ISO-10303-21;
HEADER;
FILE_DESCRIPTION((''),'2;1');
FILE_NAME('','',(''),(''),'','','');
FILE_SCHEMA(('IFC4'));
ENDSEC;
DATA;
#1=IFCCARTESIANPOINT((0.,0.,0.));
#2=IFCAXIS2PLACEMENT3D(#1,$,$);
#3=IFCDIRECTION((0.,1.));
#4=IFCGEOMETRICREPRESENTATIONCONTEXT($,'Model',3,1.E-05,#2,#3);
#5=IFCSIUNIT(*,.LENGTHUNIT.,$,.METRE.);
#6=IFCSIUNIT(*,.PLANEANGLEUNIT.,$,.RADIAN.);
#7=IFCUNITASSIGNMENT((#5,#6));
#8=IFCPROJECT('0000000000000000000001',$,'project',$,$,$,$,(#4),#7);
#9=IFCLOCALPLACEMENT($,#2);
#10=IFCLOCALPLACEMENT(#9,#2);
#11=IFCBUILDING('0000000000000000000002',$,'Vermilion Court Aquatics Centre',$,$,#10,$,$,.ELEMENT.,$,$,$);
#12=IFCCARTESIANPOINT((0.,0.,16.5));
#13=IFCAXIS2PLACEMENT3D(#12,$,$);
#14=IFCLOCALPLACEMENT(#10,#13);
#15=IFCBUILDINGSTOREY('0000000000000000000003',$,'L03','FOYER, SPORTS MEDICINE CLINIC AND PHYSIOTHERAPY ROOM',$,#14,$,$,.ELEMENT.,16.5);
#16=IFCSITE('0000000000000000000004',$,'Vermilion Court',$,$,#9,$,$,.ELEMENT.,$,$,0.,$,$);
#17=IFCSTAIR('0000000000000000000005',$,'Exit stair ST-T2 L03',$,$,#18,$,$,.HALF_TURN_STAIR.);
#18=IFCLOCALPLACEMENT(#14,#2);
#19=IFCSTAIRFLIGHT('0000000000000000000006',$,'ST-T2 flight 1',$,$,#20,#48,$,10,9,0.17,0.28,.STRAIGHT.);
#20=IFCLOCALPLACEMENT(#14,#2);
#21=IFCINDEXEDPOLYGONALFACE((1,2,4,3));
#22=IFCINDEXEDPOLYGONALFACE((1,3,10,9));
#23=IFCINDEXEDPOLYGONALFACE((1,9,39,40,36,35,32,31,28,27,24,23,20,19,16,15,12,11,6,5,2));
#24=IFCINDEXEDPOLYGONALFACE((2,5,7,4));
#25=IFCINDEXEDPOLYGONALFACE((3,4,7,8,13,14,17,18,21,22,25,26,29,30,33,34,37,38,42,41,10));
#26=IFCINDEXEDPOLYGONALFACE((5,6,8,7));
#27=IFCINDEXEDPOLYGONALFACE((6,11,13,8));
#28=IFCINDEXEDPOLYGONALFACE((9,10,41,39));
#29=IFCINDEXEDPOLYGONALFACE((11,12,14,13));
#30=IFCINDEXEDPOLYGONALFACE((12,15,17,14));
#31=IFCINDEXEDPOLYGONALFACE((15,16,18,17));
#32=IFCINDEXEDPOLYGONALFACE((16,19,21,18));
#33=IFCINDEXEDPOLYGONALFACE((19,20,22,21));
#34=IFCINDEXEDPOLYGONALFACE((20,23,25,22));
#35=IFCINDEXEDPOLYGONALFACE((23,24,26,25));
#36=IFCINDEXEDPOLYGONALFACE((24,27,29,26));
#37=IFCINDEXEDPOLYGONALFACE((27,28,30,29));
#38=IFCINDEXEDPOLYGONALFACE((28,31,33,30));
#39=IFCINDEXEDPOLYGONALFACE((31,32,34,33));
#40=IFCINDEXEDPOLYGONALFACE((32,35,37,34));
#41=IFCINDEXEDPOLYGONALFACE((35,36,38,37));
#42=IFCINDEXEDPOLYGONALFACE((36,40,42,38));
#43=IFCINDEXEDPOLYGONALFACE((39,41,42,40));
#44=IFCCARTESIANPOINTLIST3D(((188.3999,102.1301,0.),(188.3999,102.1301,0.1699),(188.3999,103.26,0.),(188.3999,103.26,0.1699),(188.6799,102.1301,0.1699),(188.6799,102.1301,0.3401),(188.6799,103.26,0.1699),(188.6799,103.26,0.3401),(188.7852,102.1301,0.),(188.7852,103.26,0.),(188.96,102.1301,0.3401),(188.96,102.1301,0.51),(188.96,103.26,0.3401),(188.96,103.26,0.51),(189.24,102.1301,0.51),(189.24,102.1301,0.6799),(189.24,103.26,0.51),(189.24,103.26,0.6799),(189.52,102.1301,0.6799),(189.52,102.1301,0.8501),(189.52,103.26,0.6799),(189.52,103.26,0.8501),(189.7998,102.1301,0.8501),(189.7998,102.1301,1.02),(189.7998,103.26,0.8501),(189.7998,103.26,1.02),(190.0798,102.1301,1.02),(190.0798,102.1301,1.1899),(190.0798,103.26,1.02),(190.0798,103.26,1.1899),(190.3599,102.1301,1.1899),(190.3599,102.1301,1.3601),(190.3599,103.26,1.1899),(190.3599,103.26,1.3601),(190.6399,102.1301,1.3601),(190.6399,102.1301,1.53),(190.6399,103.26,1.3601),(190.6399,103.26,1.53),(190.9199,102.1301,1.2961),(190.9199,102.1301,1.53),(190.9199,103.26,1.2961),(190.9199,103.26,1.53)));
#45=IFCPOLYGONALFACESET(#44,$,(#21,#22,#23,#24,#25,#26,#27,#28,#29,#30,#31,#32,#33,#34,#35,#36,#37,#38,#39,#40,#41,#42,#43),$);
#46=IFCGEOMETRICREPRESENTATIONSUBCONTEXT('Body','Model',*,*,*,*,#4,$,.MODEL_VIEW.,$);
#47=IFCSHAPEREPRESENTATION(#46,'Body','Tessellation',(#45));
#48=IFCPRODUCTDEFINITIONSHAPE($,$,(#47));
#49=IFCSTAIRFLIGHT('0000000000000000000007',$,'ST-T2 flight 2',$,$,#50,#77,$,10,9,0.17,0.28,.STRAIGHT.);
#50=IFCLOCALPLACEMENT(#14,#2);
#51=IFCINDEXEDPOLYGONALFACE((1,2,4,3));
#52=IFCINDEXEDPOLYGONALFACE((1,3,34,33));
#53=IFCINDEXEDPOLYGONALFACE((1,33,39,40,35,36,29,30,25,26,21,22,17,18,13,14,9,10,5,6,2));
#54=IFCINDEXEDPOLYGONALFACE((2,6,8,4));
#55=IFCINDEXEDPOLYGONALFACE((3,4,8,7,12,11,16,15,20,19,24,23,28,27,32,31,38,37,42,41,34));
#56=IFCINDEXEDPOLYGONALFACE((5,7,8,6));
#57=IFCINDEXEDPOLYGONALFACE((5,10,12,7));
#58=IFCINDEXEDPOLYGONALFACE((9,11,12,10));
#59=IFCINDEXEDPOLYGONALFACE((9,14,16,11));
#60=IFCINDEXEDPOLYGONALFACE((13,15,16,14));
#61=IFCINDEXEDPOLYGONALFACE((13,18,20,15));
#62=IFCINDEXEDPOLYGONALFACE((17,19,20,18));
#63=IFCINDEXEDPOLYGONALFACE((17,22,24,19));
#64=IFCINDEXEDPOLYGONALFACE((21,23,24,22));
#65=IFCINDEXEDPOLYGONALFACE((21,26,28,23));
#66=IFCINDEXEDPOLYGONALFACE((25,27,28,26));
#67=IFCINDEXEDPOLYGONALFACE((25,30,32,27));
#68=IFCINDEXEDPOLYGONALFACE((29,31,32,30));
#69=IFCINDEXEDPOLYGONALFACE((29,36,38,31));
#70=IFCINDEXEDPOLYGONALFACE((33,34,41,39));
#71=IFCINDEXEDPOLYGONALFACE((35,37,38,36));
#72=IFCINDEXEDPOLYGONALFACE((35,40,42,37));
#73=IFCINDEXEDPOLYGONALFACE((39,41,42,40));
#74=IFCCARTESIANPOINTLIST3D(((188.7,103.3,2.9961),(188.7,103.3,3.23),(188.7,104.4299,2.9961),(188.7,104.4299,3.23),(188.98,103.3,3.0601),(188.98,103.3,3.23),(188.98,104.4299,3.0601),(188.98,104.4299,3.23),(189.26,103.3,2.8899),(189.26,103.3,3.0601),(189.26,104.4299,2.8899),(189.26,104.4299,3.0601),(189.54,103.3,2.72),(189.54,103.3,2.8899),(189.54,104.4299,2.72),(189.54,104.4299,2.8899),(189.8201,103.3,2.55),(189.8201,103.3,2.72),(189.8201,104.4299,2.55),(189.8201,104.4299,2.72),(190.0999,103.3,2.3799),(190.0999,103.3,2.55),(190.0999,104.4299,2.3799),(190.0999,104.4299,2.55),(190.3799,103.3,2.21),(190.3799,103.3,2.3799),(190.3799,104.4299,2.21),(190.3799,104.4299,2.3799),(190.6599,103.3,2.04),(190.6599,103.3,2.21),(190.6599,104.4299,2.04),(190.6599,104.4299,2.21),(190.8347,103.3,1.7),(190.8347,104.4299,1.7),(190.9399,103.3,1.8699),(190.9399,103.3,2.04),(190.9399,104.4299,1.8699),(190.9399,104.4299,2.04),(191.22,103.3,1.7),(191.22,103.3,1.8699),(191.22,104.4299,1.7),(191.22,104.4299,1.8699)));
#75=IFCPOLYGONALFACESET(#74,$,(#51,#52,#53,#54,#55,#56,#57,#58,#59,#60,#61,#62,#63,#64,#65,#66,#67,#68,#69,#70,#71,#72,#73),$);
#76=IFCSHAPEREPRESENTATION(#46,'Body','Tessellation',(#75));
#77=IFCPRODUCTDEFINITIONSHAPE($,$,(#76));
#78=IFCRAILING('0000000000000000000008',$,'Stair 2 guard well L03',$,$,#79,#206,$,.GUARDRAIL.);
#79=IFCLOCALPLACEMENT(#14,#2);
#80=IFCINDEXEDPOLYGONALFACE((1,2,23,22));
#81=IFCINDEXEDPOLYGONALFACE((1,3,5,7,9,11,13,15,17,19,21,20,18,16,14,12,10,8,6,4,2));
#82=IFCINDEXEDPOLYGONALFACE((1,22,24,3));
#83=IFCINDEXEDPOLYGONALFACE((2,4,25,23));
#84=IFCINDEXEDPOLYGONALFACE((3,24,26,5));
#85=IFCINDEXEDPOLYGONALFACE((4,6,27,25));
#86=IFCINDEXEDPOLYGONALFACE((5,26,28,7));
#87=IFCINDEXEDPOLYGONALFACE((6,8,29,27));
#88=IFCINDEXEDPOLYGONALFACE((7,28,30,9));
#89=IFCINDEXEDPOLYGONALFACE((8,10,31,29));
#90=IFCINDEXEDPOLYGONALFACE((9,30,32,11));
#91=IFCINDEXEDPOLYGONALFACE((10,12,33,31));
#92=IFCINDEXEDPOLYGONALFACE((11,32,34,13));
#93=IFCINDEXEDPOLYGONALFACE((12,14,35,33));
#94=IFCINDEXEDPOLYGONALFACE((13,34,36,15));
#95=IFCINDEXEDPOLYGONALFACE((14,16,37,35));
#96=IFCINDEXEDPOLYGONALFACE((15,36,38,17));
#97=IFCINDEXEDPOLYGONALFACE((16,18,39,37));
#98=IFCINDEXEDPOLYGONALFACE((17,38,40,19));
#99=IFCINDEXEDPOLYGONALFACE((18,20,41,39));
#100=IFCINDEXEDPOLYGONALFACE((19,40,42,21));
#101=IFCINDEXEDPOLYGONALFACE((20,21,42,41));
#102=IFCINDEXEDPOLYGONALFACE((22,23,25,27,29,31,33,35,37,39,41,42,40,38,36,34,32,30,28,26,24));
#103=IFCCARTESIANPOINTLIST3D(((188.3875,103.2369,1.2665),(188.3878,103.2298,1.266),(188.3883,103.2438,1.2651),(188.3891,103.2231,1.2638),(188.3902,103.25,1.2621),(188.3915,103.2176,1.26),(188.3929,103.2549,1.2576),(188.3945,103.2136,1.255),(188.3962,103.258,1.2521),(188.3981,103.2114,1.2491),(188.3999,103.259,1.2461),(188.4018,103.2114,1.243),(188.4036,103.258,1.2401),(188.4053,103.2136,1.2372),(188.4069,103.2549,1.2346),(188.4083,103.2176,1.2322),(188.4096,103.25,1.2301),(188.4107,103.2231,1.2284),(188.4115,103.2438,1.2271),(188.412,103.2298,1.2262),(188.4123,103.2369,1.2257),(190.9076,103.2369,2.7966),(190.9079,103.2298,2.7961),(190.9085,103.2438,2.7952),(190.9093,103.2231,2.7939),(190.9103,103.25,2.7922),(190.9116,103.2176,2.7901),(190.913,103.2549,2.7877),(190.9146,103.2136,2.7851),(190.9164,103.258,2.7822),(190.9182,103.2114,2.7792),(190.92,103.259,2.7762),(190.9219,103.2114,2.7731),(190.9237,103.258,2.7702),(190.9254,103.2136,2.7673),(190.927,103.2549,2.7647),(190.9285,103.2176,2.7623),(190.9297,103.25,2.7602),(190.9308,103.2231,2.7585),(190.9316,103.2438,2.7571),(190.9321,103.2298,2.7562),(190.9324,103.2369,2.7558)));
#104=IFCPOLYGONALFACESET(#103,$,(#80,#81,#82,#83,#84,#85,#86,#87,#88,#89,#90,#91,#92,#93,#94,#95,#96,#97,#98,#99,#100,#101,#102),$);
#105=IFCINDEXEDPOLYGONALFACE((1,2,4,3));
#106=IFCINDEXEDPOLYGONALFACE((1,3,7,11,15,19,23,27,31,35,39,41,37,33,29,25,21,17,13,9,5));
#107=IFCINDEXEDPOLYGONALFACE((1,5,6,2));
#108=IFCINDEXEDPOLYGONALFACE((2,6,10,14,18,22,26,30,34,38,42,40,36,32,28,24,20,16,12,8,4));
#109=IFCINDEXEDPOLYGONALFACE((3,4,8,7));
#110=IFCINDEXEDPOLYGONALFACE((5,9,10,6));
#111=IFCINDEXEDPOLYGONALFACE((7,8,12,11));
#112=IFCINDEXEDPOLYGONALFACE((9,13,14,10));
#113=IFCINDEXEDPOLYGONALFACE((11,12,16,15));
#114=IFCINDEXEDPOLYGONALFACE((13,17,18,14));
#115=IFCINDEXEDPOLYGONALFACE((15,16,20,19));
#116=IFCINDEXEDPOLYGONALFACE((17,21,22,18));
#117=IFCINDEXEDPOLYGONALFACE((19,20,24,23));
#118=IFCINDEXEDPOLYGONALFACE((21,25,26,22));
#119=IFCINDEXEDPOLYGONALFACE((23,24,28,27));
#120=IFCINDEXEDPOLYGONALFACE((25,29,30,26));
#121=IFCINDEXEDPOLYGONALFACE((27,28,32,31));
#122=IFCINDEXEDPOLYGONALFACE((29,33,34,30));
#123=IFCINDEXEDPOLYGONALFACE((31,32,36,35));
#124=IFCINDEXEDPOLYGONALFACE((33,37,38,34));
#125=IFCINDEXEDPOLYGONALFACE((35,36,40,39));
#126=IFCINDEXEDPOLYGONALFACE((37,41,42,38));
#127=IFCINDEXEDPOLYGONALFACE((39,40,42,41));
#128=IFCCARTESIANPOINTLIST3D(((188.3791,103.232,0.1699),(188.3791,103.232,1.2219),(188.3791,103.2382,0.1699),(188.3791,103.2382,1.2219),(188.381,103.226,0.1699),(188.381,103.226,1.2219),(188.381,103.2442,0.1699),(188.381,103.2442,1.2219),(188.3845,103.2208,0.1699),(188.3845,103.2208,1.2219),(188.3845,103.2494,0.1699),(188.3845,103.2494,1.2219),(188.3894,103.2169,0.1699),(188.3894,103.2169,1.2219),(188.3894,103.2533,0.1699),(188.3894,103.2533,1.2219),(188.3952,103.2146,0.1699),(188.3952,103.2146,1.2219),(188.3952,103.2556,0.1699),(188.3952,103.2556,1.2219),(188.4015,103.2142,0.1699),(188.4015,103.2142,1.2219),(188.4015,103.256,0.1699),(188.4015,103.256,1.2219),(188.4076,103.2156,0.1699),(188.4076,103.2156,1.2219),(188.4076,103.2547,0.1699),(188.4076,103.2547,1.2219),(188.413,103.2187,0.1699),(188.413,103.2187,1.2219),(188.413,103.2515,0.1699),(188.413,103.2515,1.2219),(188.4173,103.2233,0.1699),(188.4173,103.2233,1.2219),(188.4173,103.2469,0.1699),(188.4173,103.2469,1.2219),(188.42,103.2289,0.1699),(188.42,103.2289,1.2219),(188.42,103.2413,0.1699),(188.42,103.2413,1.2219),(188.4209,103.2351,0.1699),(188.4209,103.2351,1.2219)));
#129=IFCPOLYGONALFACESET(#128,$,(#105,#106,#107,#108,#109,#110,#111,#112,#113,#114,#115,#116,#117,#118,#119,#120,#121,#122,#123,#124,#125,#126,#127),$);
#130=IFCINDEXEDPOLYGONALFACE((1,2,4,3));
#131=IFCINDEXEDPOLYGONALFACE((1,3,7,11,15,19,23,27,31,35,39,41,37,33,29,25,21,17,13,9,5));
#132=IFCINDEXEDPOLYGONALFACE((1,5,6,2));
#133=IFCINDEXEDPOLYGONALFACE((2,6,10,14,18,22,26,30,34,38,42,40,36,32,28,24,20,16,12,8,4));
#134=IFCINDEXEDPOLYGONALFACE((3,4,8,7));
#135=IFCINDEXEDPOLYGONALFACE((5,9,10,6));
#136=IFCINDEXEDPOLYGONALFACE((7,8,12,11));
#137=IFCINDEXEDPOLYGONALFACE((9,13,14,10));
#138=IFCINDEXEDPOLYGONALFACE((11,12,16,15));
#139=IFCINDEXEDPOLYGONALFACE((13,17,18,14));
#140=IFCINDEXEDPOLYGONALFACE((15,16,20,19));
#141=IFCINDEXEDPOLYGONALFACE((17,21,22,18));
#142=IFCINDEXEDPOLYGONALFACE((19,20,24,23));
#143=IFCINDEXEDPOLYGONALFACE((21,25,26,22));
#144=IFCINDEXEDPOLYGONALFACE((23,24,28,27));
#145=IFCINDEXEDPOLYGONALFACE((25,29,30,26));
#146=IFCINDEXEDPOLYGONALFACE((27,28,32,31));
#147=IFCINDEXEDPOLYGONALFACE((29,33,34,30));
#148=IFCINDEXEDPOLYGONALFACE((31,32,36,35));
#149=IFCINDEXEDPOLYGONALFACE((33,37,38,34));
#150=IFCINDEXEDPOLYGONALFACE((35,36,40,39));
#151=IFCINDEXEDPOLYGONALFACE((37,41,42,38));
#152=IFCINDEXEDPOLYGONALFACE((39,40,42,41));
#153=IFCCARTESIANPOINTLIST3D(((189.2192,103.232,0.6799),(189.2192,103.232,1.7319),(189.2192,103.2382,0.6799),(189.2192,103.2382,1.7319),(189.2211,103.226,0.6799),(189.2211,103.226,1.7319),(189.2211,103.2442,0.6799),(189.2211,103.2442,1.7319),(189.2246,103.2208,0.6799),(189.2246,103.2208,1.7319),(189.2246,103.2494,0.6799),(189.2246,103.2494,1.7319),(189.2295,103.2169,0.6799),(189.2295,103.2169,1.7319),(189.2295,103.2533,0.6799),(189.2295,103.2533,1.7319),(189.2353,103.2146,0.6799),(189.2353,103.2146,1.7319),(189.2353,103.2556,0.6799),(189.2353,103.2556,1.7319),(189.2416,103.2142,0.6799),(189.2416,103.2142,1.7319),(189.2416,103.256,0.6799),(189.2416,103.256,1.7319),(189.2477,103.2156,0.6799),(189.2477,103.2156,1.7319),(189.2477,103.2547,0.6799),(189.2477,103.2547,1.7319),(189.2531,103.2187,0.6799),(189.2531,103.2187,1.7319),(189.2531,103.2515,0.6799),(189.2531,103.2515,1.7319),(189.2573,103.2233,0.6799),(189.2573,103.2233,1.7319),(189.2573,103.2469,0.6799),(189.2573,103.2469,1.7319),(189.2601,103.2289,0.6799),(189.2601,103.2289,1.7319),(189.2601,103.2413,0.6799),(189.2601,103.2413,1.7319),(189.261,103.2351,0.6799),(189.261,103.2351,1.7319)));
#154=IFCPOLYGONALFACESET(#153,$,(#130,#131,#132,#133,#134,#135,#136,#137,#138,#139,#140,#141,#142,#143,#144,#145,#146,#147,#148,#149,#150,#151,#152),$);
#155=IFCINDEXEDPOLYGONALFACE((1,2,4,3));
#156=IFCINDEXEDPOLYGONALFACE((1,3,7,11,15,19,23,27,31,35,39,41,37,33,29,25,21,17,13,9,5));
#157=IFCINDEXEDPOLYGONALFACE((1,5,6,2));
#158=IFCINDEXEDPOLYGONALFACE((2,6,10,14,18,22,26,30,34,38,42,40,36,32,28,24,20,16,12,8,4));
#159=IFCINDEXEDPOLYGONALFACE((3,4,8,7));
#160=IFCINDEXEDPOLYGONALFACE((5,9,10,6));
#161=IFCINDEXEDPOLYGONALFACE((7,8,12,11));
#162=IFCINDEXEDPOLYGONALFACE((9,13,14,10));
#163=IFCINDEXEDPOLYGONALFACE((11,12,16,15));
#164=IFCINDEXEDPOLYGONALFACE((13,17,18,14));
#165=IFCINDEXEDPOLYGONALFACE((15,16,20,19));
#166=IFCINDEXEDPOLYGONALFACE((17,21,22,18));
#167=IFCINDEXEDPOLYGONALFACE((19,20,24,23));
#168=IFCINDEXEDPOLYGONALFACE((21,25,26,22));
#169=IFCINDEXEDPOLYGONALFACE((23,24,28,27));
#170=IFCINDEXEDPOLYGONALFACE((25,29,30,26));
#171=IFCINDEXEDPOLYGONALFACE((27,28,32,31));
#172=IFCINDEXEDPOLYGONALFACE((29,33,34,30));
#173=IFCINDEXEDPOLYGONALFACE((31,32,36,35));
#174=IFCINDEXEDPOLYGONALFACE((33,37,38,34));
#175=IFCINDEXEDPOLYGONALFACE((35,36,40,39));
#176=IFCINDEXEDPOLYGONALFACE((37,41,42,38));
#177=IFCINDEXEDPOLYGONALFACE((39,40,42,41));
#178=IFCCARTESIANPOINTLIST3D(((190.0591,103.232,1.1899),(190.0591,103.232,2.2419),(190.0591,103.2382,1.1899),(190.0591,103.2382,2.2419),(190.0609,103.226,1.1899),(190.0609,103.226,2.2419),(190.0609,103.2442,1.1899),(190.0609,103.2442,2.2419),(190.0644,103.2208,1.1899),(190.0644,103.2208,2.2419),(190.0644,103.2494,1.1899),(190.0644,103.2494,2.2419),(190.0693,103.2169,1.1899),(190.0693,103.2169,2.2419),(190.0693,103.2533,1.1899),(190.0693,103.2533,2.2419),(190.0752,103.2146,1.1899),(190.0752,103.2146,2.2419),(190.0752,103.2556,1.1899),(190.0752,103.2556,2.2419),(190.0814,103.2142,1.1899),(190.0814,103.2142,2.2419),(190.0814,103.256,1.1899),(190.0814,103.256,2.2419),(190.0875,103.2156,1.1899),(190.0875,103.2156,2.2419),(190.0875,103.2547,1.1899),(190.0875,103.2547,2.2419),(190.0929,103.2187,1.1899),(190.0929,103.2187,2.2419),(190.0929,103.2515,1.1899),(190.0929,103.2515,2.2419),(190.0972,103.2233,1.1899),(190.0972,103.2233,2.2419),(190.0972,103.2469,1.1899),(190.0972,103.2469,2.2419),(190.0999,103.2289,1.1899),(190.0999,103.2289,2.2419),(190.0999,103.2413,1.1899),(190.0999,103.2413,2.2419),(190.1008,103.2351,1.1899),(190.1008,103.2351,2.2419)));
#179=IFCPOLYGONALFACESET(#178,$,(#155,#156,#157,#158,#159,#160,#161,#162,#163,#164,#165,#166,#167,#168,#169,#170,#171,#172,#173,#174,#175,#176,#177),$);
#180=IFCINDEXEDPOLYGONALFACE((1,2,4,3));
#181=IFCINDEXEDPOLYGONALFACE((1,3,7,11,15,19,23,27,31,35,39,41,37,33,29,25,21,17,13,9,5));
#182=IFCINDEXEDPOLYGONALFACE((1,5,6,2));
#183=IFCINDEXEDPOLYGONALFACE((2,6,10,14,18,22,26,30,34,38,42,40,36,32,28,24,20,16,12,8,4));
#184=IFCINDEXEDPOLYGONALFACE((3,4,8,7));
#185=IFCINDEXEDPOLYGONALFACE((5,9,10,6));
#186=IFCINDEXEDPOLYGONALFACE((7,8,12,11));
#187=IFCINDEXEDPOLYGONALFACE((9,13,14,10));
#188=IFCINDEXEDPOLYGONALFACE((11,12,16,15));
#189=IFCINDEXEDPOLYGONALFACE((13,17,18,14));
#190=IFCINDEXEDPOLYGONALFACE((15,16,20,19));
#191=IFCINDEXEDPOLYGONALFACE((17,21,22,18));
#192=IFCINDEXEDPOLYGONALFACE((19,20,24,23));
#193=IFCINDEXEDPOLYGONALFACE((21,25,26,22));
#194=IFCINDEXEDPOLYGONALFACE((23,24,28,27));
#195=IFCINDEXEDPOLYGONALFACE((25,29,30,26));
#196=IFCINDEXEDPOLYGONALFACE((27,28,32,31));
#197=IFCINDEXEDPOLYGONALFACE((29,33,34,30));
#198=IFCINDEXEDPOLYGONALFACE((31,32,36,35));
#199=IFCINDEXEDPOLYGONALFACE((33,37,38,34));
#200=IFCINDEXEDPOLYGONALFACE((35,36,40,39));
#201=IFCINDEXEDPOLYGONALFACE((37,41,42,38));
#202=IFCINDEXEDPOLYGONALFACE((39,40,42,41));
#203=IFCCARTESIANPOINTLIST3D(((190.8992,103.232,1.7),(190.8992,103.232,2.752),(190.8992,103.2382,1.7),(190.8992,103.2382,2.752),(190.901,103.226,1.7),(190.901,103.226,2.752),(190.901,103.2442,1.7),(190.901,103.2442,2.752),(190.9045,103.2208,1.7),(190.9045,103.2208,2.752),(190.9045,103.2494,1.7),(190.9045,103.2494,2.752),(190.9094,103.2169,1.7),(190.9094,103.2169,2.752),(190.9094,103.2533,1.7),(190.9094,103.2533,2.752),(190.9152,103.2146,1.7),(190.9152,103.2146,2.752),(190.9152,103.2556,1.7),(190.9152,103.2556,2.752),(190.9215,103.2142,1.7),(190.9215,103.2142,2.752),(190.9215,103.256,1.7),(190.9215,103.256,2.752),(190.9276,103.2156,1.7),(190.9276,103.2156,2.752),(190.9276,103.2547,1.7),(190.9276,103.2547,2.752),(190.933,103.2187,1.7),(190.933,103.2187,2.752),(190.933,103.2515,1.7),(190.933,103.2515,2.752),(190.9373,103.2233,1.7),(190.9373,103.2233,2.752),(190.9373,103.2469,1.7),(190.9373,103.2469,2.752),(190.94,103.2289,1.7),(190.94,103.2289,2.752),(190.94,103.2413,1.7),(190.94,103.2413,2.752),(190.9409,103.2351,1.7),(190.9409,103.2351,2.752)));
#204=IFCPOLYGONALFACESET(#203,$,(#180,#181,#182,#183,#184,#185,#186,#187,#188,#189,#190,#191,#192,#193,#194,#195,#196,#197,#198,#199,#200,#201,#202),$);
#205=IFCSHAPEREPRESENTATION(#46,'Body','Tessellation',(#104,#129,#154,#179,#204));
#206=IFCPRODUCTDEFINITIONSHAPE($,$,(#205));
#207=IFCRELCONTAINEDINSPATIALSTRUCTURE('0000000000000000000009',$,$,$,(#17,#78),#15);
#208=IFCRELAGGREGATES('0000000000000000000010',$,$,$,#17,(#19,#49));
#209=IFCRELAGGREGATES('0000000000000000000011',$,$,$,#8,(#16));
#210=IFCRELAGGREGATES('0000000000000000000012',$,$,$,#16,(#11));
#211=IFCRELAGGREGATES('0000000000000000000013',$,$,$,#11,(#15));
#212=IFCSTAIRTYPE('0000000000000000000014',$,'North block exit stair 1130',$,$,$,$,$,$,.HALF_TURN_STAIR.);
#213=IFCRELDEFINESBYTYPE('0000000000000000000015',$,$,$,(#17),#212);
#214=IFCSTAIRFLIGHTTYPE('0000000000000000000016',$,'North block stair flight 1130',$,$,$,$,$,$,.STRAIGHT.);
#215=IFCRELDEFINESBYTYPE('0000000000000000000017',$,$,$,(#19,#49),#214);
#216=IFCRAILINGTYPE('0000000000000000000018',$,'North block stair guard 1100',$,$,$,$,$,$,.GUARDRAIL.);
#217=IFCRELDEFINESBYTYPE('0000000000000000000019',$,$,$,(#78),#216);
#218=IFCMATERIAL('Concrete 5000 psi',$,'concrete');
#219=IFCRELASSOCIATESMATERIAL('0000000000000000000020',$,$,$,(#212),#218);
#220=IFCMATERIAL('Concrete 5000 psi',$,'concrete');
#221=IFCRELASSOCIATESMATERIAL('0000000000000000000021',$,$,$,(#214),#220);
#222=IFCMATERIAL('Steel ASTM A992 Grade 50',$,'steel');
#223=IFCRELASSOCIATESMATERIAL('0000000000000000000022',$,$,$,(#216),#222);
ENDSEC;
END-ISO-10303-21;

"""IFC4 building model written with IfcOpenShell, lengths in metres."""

from ifc_helpers import new_model, si_unit, direction, frame, origin, origin_2d, place, context, subcontext, project, spatial, polyline, circle, outline, extrude, material, type_object, element, aggregate, save


model = new_model("IFC4")

# Units and contexts
model_context = context("Model", 3, precision=1e-05, world=origin(), true_north=direction((0.0, 1.0)))
body_context = subcontext(model_context, "Body", "Model", "MODEL_VIEW")
ifc_project = project(units=[si_unit("LENGTHUNIT", "METRE"), si_unit("PLANEANGLEUNIT", "RADIAN")], contexts=[model_context])

# Site, building, storey
site_placement = place(None, origin())
site = spatial("IfcSite", under=ifc_project, at=site_placement, Name="Vermilion Court", CompositionType="ELEMENT", RefElevation=0.0)
building_placement = place(site_placement, origin())
building = spatial("IfcBuilding", under=site, at=building_placement, Name="Vermilion Court Aquatics Centre", CompositionType="ELEMENT")
storey_placement = place(building_placement, frame((0.0, 0.0, 16.5)))
storey = spatial("IfcBuildingStorey", under=building, at=storey_placement, Name="L03", Description="FOYER, SPORTS MEDICINE CLINIC AND PHYSIOTHERAPY ROOM", CompositionType="ELEMENT", Elevation=16.5)

# Stair, stair flights
ifc_material_1 = material(Name="Concrete 5000 psi", Category="concrete")
stair_type = type_object("IfcStairType", Name="North block exit stair 1130", PredefinedType="HALF_TURN_STAIR", material=ifc_material_1)
stair_placement = place(storey_placement, origin())
stair = element("IfcStair", 1, at=stair_placement, inside=storey, type_object=stair_type, Name="Exit stair ST-T2 L03", PredefinedType="HALF_TURN_STAIR")
ifc_material_2 = material(Name="Concrete 5000 psi", Category="concrete")
stair_flight_type = type_object("IfcStairFlightType", Name="North block stair flight 1130", PredefinedType="STRAIGHT", material=ifc_material_2)
stair_flight_1_placement = place(storey_placement, frame((188.3999, 102.6951, 0.0), z_axis=(0.0, 0.0, 1.0), x_axis=(1.0, 0.0, 0.0)))
stair_flight_1 = element("IfcStairFlight", 2, at=stair_flight_1_placement, type_object=stair_flight_type, Name="ST-T2 flight 1", NumberOfRisers=10, NumberOfTreads=9, PredefinedType="STRAIGHT", RiserHeight=0.17, TreadLength=0.28, context=body_context, shape_type="SweptSolid", body=[
    extrude(outline(polyline([(0.0, 0.0), (0.0, 0.1699), (0.28, 0.1699), (0.28, 0.3401), (0.5601, 0.3401), (0.5601, 0.51), (0.8401, 0.51), (0.8401, 0.6799), (1.1201, 0.6799), (1.1201, 0.8501), (1.3999, 0.8501), (1.3999, 1.02), (1.6799, 1.02), (1.6799, 1.1899), (1.96, 1.1899), (1.96, 1.3601), (2.24, 1.3601), (2.24, 1.53), (2.52, 1.53), (2.52, 1.7), (2.52, 1.2961), (0.3853, 0.0), (0.0, 0.0)])), frame((0.0, 0.5649, 0.0), z_axis=(0.0, -1.0, 0.0), x_axis=(1.0, 0.0, 0.0)), (0.0, 0.0, 1.0), 1.1299),
])
stair_flight_2_placement = place(storey_placement, frame((191.22, 103.865, 1.7), z_axis=(0.0, 0.0, 1.0), x_axis=(-1.0, 0.0, 0.0)))
stair_flight_2 = element("IfcStairFlight", 3, at=stair_flight_2_placement, type_object=stair_flight_type, Name="ST-T2 flight 2", NumberOfRisers=10, NumberOfTreads=9, PredefinedType="STRAIGHT", RiserHeight=0.17, TreadLength=0.28, context=body_context, shape_type="SweptSolid", body=[
    extrude(outline(polyline([(0.0, 0.0), (0.0, 0.1699), (0.28, 0.1699), (0.28, 0.3401), (0.5601, 0.3401), (0.5601, 0.51), (0.8401, 0.51), (0.8401, 0.6799), (1.1201, 0.6799), (1.1201, 0.8501), (1.3999, 0.8501), (1.3999, 1.02), (1.6799, 1.02), (1.6799, 1.1899), (1.96, 1.1899), (1.96, 1.3601), (2.24, 1.3601), (2.24, 1.53), (2.52, 1.53), (2.52, 1.7), (2.52, 1.2961), (0.3853, 0.0), (0.0, 0.0)])), frame((0.0, 0.5649, 0.0), z_axis=(0.0, -1.0, 0.0), x_axis=(1.0, 0.0, 0.0)), (0.0, 0.0, 1.0), 1.1299),
])
aggregate(stair, [stair_flight_1, stair_flight_2])

# Railing
ifc_material_3 = material(Name="Steel ASTM A992 Grade 50", Category="steel")
railing_type_1 = type_object("IfcRailingType", Name="North block stair guard 1100", PredefinedType="GUARDRAIL", material=ifc_material_3)
railing_1_placement = place(storey_placement, frame((188.3999, 103.2351, 0.1699)))
element("IfcRailing", 4, at=railing_1_placement, inside=storey, type_object=railing_type_1, Name="Stair 2 guard well L03", PredefinedType="GUARDRAIL", context=body_context, shape_type="SweptSolid", body=[
    extrude(circle(Radius=0.0239, at=origin_2d()), frame((0.0, 0.0, 1.0762), z_axis=(0.854785, 0.0, 0.518982), x_axis=(0.0, 1.0, 0.0)), (0.0, 0.0, 1.0), 2.9482),
    extrude(circle(Radius=0.021, at=origin_2d()), origin(), (0.0, 0.0, 1.0), 1.052),
    extrude(circle(Radius=0.021, at=origin_2d()), frame((0.8401, 0.0, 0.51)), (0.0, 0.0, 1.0), 1.052),
    extrude(circle(Radius=0.021, at=origin_2d()), frame((1.6799, 0.0, 1.02)), (0.0, 0.0, 1.0), 1.052),
    extrude(circle(Radius=0.021, at=origin_2d()), frame((2.52, 0.0, 1.53)), (0.0, 0.0, 1.0), 1.052),
])

save(model, "model.ifc")
